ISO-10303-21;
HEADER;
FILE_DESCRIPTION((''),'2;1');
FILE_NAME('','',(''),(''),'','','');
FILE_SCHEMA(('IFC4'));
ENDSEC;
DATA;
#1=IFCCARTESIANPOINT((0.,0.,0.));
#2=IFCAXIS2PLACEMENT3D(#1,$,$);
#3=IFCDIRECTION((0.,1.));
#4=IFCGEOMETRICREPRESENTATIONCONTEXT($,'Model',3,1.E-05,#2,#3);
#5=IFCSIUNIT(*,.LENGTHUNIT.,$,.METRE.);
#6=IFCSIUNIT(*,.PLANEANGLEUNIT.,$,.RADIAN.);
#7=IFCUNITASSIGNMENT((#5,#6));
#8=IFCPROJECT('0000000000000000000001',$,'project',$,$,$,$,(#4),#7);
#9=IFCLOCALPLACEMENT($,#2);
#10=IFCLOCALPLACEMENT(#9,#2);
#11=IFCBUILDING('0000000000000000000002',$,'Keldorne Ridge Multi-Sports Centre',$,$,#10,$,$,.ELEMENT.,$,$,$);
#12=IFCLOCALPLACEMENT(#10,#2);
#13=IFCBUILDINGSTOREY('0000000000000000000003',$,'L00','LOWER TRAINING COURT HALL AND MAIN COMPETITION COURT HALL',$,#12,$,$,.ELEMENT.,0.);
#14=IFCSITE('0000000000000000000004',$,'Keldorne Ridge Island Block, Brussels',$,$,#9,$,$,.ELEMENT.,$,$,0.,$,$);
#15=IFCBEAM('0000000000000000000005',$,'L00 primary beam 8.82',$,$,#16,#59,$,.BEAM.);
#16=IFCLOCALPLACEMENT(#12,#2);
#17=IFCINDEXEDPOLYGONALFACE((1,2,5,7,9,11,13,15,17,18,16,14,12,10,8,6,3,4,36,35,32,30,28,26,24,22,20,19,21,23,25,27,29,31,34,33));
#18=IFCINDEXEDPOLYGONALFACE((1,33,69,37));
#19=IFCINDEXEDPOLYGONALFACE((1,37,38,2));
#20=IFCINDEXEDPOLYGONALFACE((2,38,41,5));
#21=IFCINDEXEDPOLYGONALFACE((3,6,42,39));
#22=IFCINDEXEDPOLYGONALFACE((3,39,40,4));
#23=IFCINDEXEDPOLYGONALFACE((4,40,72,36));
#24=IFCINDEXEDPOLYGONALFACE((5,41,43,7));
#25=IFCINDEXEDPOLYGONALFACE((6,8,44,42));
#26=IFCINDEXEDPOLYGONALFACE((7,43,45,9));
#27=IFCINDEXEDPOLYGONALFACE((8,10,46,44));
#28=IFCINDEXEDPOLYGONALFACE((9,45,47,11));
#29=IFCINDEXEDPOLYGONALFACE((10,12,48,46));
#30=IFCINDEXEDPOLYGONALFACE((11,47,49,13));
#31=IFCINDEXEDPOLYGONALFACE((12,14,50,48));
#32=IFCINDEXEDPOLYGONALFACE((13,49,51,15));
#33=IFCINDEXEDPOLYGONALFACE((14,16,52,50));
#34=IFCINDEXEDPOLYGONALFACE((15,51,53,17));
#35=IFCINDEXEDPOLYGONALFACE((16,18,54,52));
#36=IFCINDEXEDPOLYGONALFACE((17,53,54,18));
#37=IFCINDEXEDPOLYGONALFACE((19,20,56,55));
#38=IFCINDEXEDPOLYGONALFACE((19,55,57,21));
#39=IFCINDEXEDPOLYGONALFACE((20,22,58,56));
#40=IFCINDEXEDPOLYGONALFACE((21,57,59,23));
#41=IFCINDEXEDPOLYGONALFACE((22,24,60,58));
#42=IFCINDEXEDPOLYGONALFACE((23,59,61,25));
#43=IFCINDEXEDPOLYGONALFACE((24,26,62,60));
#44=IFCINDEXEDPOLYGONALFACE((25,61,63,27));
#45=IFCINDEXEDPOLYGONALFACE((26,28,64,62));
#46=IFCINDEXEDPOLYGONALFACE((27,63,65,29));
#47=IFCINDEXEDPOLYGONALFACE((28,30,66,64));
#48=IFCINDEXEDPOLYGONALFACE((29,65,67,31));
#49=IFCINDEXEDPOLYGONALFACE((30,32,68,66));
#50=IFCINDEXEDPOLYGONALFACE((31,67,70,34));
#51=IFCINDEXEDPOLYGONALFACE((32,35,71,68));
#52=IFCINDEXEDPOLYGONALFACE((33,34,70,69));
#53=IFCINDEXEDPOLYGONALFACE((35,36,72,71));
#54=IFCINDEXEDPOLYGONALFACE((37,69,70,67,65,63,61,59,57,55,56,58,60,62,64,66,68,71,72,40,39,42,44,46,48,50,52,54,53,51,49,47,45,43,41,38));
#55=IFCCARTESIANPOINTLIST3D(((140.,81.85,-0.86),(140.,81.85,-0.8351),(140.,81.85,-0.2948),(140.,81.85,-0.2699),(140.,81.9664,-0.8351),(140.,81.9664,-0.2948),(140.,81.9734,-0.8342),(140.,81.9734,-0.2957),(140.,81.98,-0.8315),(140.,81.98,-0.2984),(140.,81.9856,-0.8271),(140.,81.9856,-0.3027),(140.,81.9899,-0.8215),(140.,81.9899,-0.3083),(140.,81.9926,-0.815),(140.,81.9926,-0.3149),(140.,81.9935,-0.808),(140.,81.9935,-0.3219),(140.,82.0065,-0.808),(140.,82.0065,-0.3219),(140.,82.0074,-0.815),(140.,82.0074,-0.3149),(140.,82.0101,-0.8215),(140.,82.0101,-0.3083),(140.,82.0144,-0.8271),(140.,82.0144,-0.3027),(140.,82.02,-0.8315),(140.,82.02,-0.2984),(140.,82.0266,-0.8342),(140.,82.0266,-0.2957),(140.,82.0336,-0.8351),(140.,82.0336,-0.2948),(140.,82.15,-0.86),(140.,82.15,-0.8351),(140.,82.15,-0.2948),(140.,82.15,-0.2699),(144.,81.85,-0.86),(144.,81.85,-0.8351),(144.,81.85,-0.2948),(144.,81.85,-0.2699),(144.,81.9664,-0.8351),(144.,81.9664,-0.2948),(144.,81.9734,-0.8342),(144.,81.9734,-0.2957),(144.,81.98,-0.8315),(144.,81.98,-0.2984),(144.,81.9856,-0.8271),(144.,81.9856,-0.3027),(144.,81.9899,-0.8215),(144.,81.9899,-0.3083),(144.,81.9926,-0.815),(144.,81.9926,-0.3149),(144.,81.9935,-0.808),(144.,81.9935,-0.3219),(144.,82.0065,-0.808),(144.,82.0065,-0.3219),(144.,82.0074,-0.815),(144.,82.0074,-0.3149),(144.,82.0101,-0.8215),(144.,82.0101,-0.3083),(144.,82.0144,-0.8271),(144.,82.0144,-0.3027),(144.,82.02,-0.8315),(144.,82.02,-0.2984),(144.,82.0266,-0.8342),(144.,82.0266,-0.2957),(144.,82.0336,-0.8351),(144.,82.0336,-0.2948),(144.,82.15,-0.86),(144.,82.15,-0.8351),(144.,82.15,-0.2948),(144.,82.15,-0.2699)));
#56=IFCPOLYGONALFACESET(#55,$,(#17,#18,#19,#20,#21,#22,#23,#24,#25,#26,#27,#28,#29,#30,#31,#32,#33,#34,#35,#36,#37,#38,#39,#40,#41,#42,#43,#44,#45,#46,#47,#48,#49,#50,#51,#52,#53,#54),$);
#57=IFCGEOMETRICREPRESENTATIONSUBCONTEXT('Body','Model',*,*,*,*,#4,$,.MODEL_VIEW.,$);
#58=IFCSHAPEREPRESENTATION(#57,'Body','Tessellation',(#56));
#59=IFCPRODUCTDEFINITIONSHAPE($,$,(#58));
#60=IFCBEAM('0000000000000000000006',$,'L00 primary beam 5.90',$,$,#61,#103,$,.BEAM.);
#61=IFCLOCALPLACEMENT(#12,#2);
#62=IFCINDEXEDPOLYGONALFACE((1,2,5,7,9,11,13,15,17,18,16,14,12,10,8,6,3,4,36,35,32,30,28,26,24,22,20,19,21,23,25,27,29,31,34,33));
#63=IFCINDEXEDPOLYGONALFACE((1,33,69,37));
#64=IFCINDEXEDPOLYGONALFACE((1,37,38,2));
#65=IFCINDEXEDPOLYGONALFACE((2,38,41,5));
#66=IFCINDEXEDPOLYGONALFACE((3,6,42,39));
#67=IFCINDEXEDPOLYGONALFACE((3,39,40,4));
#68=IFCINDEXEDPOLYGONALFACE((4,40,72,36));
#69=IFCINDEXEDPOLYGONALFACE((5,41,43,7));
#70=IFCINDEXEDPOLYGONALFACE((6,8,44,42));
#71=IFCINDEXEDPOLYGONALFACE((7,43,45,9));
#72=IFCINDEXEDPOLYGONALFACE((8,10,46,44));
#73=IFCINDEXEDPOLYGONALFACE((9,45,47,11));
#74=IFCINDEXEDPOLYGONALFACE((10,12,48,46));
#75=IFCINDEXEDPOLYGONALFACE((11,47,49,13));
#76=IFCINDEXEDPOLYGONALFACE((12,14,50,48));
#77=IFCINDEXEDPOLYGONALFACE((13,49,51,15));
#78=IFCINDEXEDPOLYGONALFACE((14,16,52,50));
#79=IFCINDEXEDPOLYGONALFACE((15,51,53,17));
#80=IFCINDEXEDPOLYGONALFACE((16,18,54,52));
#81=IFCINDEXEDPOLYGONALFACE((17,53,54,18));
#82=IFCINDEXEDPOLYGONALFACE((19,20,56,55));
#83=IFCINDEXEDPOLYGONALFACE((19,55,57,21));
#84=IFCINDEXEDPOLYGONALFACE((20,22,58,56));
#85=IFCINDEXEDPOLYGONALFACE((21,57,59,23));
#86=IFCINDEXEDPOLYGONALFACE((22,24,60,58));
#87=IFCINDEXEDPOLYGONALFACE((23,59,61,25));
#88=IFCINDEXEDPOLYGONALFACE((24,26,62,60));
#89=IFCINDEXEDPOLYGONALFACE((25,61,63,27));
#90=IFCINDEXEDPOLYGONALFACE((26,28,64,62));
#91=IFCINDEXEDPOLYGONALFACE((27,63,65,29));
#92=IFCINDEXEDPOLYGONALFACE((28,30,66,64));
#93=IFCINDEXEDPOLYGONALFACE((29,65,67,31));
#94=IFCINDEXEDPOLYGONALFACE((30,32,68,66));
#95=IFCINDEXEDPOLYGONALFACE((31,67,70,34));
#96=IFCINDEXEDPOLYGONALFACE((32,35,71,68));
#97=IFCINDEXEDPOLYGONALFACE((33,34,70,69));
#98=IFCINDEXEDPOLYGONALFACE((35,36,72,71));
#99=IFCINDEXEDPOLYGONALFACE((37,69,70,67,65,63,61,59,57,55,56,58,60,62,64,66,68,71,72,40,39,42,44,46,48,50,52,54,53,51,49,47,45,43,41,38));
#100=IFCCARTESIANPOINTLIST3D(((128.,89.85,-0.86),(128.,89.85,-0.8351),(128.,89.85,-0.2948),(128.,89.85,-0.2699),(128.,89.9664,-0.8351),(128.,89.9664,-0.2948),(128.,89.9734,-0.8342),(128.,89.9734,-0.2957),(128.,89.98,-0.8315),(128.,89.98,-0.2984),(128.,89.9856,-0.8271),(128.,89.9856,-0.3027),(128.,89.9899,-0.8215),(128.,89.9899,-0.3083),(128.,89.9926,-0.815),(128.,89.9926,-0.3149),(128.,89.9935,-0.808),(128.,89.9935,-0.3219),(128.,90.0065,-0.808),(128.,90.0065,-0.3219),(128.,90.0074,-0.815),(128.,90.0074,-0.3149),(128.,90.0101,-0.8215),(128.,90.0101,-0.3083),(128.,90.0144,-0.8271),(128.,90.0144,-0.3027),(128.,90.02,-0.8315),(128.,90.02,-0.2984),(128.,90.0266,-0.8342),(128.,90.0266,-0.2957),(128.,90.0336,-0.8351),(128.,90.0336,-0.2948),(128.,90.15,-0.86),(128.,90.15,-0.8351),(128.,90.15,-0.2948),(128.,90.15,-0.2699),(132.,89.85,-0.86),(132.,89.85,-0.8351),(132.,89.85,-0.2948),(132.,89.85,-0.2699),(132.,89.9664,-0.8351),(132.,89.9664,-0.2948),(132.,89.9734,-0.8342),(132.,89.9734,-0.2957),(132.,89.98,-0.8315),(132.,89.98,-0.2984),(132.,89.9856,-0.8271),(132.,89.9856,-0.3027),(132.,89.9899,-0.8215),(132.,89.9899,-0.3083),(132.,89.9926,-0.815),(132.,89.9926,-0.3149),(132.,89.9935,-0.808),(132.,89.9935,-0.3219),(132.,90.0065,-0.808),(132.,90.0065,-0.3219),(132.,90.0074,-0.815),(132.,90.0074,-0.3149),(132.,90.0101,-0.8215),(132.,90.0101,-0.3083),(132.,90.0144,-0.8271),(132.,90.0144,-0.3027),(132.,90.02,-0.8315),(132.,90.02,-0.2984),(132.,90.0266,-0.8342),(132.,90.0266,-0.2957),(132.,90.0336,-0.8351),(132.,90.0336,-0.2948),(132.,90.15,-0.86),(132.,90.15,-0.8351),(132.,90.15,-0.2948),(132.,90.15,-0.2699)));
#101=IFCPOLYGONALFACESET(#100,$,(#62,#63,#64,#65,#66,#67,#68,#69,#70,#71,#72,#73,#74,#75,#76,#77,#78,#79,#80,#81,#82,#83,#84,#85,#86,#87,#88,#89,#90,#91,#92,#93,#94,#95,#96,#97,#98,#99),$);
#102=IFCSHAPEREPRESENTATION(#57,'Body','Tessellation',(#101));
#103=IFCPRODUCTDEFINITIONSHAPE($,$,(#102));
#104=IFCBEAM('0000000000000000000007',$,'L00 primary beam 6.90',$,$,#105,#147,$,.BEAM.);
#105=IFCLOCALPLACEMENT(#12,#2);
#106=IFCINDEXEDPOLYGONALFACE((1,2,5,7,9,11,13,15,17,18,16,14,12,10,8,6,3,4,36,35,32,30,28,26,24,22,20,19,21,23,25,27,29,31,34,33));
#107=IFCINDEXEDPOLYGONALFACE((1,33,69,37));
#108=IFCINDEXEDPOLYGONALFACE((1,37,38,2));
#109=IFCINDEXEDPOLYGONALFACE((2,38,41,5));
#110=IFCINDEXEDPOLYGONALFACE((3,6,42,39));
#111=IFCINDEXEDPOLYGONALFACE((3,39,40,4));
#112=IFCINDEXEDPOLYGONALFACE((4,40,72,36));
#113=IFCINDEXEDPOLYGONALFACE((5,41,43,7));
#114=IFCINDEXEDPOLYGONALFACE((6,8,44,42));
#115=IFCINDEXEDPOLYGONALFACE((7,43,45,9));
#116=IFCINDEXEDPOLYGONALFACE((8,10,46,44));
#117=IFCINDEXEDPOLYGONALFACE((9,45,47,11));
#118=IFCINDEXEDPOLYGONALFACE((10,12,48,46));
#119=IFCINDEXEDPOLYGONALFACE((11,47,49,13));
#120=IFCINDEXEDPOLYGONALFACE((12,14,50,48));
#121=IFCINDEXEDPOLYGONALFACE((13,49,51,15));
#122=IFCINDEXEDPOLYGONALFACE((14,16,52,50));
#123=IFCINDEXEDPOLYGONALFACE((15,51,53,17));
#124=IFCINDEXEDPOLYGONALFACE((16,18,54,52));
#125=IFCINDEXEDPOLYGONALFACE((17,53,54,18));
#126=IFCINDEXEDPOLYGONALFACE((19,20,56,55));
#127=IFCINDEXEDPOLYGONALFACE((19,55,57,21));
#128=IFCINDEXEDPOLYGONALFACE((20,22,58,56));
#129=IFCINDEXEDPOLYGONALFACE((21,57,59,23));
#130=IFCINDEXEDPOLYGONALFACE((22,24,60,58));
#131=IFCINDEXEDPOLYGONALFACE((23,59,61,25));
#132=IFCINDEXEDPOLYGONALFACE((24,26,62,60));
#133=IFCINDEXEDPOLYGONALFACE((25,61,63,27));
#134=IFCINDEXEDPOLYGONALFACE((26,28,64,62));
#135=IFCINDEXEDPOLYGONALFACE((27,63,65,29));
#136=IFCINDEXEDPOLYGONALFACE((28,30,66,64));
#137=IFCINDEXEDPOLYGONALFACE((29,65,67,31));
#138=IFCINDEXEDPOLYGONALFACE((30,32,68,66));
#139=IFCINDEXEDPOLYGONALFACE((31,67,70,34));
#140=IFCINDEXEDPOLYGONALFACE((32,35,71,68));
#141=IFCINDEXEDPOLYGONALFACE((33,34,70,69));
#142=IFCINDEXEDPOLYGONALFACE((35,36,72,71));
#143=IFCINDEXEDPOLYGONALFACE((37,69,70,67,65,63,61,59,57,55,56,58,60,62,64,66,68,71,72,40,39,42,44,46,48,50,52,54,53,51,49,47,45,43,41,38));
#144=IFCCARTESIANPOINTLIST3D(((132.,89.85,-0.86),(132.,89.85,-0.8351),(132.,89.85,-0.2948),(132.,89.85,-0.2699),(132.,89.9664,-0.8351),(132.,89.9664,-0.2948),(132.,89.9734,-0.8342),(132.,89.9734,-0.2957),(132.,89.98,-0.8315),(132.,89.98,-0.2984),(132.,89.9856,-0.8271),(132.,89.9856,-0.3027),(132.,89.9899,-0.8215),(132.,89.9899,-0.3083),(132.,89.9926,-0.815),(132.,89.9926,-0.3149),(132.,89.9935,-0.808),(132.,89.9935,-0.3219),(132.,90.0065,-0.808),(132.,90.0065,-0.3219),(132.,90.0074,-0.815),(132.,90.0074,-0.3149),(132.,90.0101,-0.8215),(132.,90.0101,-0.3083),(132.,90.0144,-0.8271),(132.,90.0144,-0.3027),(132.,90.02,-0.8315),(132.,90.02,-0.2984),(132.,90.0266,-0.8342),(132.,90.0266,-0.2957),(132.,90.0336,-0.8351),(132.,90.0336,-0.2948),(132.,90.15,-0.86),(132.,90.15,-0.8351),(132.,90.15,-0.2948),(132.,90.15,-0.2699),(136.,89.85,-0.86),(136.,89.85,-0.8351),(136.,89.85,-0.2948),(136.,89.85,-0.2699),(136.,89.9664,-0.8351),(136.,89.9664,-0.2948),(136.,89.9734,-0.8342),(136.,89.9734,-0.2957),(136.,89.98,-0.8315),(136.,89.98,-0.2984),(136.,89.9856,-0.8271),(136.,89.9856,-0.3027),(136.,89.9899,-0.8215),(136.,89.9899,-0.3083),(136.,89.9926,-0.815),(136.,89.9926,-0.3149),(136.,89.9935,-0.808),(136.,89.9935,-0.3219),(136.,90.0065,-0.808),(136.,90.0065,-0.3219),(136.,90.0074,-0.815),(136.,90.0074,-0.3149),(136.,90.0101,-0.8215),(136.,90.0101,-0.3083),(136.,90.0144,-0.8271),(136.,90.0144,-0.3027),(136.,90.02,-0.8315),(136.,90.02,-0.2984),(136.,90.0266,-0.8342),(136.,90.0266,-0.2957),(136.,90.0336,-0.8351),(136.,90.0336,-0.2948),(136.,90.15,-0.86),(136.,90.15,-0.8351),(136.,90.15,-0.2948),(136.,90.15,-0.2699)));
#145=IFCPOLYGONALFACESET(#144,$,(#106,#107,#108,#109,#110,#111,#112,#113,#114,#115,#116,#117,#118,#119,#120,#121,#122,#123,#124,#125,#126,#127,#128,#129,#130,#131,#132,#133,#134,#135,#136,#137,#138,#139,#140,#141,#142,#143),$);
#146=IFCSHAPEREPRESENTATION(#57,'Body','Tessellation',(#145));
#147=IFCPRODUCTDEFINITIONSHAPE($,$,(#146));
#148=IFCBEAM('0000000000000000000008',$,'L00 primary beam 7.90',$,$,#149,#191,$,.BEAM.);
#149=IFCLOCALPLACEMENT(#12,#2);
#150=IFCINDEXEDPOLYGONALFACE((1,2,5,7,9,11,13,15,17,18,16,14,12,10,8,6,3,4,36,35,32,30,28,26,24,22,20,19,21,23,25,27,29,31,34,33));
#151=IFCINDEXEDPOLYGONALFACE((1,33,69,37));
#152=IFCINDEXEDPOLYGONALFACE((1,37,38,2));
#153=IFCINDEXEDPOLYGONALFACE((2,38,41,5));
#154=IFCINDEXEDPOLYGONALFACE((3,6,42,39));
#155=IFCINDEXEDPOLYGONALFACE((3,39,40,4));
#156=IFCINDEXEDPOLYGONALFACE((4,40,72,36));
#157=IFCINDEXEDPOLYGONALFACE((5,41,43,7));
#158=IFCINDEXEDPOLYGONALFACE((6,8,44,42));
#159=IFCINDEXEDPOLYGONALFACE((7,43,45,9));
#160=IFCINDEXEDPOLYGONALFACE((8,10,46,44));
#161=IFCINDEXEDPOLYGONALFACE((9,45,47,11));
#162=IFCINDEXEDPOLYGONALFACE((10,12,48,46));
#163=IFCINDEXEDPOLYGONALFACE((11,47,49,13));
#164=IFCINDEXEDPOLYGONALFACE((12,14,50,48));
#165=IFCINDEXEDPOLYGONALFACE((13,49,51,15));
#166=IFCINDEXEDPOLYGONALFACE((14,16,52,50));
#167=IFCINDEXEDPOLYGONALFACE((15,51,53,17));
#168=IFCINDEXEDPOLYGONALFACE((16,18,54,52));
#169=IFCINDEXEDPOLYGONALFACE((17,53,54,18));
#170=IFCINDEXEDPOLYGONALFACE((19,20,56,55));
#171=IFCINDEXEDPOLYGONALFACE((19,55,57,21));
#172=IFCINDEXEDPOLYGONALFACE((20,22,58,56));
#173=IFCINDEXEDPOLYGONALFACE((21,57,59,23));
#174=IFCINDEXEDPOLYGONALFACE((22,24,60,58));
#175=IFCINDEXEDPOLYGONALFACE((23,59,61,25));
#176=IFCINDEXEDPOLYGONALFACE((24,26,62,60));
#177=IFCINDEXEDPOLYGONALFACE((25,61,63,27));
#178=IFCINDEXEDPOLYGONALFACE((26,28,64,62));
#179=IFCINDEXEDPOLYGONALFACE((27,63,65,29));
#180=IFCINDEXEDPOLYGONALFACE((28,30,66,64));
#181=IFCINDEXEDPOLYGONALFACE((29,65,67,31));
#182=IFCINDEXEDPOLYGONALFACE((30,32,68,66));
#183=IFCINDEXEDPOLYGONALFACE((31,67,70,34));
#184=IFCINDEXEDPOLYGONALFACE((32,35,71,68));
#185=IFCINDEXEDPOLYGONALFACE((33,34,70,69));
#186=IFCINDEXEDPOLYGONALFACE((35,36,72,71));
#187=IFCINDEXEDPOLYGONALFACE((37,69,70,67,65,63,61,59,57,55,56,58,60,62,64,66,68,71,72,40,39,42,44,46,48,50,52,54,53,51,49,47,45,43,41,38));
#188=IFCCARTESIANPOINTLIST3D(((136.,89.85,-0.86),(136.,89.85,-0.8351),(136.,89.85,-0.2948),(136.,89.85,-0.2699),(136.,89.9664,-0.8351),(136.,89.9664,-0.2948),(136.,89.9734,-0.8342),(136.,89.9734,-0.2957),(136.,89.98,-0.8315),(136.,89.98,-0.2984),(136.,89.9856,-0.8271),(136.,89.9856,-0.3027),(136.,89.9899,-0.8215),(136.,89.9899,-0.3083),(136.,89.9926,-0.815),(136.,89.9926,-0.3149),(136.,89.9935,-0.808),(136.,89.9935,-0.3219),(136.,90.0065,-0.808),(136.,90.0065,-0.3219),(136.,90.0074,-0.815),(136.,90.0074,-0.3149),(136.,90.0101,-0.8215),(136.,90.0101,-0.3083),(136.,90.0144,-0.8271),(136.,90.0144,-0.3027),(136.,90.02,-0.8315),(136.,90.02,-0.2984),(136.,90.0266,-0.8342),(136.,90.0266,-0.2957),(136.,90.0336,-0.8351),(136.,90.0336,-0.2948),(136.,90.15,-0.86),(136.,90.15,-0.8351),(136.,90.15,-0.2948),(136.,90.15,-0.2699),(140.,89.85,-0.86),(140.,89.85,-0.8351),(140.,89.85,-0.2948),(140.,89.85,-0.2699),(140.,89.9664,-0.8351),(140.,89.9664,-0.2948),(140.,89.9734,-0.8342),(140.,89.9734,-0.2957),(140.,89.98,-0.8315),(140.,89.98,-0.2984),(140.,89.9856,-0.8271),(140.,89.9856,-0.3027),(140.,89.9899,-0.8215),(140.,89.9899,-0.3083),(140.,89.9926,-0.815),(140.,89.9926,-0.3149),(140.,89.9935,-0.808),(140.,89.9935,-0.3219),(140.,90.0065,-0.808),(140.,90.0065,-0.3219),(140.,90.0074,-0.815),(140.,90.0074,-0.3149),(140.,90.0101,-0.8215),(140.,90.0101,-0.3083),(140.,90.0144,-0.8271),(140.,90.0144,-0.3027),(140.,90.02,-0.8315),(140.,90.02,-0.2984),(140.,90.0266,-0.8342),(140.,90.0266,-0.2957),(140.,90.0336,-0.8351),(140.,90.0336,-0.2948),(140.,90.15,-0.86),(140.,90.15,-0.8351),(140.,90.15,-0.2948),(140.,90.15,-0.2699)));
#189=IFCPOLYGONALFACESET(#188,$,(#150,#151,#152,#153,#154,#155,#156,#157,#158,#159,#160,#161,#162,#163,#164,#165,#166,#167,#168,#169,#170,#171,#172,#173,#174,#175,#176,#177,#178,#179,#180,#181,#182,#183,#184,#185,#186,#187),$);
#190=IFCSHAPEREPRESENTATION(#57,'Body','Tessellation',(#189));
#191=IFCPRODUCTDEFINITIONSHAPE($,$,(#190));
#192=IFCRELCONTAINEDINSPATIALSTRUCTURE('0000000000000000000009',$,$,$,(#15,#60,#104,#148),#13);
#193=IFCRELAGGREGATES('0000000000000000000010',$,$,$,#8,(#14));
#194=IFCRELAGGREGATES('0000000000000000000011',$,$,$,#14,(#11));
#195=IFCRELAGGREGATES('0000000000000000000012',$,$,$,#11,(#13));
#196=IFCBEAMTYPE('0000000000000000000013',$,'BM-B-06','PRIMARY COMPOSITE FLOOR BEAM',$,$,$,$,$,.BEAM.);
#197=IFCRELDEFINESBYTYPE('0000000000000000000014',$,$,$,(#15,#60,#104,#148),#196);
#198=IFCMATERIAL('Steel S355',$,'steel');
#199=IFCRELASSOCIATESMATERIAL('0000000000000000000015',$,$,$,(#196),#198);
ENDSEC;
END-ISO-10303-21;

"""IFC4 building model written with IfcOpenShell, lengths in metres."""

from ifc_helpers import new_model, si_unit, direction, frame, origin, origin_2d, place, context, subcontext, project, spatial, i_section, extrude, material, material_profile, profile_set, type_object, element, save


model = new_model("IFC4")

# Units and contexts
model_context = context("Model", 3, precision=1e-05, world=origin(), true_north=direction((0.0, 1.0)))
body_context = subcontext(model_context, "Body", "Model", "MODEL_VIEW")
ifc_project = project(units=[si_unit("LENGTHUNIT", "METRE"), si_unit("PLANEANGLEUNIT", "RADIAN")], contexts=[model_context])

# Site, building, storey
site_placement = place(None, origin())
site = spatial("IfcSite", under=ifc_project, at=site_placement, Name="Keldorne Ridge Island Block, Brussels", CompositionType="ELEMENT", RefElevation=0.0)
building_placement = place(site_placement, origin())
building = spatial("IfcBuilding", under=site, at=building_placement, Name="Keldorne Ridge Multi-Sports Centre", CompositionType="ELEMENT")
storey_placement = place(building_placement, origin())
storey = spatial("IfcBuildingStorey", under=building, at=storey_placement, Name="L00", Description="LOWER TRAINING COURT HALL AND MAIN COMPETITION COURT HALL", CompositionType="ELEMENT", Elevation=0.0)

# Shared definitions
ifc_material_1 = material(Name="Steel S355", Category="steel")

# Beams
ifc_material_profile_1 = material_profile(ifc_material_1, i_section(OverallWidth=0.3, OverallDepth=0.5901, WebThickness=0.0129, FlangeThickness=0.0249, FilletRadius=0.0271, at=origin_2d()), Name="HEA 600")
ifc_profile_set_1 = profile_set([ifc_material_profile_1], Name="Steel S355")
beam_type_1 = type_object("IfcBeamType", Name="BM-B-06", Description="PRIMARY COMPOSITE FLOOR BEAM", PredefinedType="BEAM", material=ifc_profile_set_1)
for number, where, z_axis, x_axis, name in (
    (1, (140.0, 82.0, -0.5649), (1.0, 0.0, 0.0), (0.0, 1.0, 0.0), "L00 primary beam 8.82"),
    (2, (128.0, 90.0, -0.5649), (1.0, 0.0, 0.0), (0.0, 1.0, 0.0), "L00 primary beam 5.90"),
    (3, (132.0, 90.0, -0.5649), (1.0, 0.0, 0.0), (0.0, 1.0, 0.0), "L00 primary beam 6.90"),
    (4, (136.0, 90.0, -0.5649), (1.0, 0.0, 0.0), (0.0, 1.0, 0.0), "L00 primary beam 7.90"),
):
    element("IfcBeam", number, at=place(storey_placement, frame(where, z_axis=z_axis, x_axis=x_axis)), inside=storey, type_object=beam_type_1, Name=name, PredefinedType="BEAM", context=body_context, shape_type="SweptSolid", body=[
        extrude(i_section(OverallWidth=0.3, OverallDepth=0.5901, WebThickness=0.0129, FlangeThickness=0.0249, FilletRadius=0.0271, at=origin_2d()), origin(), (0.0, 0.0, 1.0), 4.0),
    ])

save(model, "model.ifc")
